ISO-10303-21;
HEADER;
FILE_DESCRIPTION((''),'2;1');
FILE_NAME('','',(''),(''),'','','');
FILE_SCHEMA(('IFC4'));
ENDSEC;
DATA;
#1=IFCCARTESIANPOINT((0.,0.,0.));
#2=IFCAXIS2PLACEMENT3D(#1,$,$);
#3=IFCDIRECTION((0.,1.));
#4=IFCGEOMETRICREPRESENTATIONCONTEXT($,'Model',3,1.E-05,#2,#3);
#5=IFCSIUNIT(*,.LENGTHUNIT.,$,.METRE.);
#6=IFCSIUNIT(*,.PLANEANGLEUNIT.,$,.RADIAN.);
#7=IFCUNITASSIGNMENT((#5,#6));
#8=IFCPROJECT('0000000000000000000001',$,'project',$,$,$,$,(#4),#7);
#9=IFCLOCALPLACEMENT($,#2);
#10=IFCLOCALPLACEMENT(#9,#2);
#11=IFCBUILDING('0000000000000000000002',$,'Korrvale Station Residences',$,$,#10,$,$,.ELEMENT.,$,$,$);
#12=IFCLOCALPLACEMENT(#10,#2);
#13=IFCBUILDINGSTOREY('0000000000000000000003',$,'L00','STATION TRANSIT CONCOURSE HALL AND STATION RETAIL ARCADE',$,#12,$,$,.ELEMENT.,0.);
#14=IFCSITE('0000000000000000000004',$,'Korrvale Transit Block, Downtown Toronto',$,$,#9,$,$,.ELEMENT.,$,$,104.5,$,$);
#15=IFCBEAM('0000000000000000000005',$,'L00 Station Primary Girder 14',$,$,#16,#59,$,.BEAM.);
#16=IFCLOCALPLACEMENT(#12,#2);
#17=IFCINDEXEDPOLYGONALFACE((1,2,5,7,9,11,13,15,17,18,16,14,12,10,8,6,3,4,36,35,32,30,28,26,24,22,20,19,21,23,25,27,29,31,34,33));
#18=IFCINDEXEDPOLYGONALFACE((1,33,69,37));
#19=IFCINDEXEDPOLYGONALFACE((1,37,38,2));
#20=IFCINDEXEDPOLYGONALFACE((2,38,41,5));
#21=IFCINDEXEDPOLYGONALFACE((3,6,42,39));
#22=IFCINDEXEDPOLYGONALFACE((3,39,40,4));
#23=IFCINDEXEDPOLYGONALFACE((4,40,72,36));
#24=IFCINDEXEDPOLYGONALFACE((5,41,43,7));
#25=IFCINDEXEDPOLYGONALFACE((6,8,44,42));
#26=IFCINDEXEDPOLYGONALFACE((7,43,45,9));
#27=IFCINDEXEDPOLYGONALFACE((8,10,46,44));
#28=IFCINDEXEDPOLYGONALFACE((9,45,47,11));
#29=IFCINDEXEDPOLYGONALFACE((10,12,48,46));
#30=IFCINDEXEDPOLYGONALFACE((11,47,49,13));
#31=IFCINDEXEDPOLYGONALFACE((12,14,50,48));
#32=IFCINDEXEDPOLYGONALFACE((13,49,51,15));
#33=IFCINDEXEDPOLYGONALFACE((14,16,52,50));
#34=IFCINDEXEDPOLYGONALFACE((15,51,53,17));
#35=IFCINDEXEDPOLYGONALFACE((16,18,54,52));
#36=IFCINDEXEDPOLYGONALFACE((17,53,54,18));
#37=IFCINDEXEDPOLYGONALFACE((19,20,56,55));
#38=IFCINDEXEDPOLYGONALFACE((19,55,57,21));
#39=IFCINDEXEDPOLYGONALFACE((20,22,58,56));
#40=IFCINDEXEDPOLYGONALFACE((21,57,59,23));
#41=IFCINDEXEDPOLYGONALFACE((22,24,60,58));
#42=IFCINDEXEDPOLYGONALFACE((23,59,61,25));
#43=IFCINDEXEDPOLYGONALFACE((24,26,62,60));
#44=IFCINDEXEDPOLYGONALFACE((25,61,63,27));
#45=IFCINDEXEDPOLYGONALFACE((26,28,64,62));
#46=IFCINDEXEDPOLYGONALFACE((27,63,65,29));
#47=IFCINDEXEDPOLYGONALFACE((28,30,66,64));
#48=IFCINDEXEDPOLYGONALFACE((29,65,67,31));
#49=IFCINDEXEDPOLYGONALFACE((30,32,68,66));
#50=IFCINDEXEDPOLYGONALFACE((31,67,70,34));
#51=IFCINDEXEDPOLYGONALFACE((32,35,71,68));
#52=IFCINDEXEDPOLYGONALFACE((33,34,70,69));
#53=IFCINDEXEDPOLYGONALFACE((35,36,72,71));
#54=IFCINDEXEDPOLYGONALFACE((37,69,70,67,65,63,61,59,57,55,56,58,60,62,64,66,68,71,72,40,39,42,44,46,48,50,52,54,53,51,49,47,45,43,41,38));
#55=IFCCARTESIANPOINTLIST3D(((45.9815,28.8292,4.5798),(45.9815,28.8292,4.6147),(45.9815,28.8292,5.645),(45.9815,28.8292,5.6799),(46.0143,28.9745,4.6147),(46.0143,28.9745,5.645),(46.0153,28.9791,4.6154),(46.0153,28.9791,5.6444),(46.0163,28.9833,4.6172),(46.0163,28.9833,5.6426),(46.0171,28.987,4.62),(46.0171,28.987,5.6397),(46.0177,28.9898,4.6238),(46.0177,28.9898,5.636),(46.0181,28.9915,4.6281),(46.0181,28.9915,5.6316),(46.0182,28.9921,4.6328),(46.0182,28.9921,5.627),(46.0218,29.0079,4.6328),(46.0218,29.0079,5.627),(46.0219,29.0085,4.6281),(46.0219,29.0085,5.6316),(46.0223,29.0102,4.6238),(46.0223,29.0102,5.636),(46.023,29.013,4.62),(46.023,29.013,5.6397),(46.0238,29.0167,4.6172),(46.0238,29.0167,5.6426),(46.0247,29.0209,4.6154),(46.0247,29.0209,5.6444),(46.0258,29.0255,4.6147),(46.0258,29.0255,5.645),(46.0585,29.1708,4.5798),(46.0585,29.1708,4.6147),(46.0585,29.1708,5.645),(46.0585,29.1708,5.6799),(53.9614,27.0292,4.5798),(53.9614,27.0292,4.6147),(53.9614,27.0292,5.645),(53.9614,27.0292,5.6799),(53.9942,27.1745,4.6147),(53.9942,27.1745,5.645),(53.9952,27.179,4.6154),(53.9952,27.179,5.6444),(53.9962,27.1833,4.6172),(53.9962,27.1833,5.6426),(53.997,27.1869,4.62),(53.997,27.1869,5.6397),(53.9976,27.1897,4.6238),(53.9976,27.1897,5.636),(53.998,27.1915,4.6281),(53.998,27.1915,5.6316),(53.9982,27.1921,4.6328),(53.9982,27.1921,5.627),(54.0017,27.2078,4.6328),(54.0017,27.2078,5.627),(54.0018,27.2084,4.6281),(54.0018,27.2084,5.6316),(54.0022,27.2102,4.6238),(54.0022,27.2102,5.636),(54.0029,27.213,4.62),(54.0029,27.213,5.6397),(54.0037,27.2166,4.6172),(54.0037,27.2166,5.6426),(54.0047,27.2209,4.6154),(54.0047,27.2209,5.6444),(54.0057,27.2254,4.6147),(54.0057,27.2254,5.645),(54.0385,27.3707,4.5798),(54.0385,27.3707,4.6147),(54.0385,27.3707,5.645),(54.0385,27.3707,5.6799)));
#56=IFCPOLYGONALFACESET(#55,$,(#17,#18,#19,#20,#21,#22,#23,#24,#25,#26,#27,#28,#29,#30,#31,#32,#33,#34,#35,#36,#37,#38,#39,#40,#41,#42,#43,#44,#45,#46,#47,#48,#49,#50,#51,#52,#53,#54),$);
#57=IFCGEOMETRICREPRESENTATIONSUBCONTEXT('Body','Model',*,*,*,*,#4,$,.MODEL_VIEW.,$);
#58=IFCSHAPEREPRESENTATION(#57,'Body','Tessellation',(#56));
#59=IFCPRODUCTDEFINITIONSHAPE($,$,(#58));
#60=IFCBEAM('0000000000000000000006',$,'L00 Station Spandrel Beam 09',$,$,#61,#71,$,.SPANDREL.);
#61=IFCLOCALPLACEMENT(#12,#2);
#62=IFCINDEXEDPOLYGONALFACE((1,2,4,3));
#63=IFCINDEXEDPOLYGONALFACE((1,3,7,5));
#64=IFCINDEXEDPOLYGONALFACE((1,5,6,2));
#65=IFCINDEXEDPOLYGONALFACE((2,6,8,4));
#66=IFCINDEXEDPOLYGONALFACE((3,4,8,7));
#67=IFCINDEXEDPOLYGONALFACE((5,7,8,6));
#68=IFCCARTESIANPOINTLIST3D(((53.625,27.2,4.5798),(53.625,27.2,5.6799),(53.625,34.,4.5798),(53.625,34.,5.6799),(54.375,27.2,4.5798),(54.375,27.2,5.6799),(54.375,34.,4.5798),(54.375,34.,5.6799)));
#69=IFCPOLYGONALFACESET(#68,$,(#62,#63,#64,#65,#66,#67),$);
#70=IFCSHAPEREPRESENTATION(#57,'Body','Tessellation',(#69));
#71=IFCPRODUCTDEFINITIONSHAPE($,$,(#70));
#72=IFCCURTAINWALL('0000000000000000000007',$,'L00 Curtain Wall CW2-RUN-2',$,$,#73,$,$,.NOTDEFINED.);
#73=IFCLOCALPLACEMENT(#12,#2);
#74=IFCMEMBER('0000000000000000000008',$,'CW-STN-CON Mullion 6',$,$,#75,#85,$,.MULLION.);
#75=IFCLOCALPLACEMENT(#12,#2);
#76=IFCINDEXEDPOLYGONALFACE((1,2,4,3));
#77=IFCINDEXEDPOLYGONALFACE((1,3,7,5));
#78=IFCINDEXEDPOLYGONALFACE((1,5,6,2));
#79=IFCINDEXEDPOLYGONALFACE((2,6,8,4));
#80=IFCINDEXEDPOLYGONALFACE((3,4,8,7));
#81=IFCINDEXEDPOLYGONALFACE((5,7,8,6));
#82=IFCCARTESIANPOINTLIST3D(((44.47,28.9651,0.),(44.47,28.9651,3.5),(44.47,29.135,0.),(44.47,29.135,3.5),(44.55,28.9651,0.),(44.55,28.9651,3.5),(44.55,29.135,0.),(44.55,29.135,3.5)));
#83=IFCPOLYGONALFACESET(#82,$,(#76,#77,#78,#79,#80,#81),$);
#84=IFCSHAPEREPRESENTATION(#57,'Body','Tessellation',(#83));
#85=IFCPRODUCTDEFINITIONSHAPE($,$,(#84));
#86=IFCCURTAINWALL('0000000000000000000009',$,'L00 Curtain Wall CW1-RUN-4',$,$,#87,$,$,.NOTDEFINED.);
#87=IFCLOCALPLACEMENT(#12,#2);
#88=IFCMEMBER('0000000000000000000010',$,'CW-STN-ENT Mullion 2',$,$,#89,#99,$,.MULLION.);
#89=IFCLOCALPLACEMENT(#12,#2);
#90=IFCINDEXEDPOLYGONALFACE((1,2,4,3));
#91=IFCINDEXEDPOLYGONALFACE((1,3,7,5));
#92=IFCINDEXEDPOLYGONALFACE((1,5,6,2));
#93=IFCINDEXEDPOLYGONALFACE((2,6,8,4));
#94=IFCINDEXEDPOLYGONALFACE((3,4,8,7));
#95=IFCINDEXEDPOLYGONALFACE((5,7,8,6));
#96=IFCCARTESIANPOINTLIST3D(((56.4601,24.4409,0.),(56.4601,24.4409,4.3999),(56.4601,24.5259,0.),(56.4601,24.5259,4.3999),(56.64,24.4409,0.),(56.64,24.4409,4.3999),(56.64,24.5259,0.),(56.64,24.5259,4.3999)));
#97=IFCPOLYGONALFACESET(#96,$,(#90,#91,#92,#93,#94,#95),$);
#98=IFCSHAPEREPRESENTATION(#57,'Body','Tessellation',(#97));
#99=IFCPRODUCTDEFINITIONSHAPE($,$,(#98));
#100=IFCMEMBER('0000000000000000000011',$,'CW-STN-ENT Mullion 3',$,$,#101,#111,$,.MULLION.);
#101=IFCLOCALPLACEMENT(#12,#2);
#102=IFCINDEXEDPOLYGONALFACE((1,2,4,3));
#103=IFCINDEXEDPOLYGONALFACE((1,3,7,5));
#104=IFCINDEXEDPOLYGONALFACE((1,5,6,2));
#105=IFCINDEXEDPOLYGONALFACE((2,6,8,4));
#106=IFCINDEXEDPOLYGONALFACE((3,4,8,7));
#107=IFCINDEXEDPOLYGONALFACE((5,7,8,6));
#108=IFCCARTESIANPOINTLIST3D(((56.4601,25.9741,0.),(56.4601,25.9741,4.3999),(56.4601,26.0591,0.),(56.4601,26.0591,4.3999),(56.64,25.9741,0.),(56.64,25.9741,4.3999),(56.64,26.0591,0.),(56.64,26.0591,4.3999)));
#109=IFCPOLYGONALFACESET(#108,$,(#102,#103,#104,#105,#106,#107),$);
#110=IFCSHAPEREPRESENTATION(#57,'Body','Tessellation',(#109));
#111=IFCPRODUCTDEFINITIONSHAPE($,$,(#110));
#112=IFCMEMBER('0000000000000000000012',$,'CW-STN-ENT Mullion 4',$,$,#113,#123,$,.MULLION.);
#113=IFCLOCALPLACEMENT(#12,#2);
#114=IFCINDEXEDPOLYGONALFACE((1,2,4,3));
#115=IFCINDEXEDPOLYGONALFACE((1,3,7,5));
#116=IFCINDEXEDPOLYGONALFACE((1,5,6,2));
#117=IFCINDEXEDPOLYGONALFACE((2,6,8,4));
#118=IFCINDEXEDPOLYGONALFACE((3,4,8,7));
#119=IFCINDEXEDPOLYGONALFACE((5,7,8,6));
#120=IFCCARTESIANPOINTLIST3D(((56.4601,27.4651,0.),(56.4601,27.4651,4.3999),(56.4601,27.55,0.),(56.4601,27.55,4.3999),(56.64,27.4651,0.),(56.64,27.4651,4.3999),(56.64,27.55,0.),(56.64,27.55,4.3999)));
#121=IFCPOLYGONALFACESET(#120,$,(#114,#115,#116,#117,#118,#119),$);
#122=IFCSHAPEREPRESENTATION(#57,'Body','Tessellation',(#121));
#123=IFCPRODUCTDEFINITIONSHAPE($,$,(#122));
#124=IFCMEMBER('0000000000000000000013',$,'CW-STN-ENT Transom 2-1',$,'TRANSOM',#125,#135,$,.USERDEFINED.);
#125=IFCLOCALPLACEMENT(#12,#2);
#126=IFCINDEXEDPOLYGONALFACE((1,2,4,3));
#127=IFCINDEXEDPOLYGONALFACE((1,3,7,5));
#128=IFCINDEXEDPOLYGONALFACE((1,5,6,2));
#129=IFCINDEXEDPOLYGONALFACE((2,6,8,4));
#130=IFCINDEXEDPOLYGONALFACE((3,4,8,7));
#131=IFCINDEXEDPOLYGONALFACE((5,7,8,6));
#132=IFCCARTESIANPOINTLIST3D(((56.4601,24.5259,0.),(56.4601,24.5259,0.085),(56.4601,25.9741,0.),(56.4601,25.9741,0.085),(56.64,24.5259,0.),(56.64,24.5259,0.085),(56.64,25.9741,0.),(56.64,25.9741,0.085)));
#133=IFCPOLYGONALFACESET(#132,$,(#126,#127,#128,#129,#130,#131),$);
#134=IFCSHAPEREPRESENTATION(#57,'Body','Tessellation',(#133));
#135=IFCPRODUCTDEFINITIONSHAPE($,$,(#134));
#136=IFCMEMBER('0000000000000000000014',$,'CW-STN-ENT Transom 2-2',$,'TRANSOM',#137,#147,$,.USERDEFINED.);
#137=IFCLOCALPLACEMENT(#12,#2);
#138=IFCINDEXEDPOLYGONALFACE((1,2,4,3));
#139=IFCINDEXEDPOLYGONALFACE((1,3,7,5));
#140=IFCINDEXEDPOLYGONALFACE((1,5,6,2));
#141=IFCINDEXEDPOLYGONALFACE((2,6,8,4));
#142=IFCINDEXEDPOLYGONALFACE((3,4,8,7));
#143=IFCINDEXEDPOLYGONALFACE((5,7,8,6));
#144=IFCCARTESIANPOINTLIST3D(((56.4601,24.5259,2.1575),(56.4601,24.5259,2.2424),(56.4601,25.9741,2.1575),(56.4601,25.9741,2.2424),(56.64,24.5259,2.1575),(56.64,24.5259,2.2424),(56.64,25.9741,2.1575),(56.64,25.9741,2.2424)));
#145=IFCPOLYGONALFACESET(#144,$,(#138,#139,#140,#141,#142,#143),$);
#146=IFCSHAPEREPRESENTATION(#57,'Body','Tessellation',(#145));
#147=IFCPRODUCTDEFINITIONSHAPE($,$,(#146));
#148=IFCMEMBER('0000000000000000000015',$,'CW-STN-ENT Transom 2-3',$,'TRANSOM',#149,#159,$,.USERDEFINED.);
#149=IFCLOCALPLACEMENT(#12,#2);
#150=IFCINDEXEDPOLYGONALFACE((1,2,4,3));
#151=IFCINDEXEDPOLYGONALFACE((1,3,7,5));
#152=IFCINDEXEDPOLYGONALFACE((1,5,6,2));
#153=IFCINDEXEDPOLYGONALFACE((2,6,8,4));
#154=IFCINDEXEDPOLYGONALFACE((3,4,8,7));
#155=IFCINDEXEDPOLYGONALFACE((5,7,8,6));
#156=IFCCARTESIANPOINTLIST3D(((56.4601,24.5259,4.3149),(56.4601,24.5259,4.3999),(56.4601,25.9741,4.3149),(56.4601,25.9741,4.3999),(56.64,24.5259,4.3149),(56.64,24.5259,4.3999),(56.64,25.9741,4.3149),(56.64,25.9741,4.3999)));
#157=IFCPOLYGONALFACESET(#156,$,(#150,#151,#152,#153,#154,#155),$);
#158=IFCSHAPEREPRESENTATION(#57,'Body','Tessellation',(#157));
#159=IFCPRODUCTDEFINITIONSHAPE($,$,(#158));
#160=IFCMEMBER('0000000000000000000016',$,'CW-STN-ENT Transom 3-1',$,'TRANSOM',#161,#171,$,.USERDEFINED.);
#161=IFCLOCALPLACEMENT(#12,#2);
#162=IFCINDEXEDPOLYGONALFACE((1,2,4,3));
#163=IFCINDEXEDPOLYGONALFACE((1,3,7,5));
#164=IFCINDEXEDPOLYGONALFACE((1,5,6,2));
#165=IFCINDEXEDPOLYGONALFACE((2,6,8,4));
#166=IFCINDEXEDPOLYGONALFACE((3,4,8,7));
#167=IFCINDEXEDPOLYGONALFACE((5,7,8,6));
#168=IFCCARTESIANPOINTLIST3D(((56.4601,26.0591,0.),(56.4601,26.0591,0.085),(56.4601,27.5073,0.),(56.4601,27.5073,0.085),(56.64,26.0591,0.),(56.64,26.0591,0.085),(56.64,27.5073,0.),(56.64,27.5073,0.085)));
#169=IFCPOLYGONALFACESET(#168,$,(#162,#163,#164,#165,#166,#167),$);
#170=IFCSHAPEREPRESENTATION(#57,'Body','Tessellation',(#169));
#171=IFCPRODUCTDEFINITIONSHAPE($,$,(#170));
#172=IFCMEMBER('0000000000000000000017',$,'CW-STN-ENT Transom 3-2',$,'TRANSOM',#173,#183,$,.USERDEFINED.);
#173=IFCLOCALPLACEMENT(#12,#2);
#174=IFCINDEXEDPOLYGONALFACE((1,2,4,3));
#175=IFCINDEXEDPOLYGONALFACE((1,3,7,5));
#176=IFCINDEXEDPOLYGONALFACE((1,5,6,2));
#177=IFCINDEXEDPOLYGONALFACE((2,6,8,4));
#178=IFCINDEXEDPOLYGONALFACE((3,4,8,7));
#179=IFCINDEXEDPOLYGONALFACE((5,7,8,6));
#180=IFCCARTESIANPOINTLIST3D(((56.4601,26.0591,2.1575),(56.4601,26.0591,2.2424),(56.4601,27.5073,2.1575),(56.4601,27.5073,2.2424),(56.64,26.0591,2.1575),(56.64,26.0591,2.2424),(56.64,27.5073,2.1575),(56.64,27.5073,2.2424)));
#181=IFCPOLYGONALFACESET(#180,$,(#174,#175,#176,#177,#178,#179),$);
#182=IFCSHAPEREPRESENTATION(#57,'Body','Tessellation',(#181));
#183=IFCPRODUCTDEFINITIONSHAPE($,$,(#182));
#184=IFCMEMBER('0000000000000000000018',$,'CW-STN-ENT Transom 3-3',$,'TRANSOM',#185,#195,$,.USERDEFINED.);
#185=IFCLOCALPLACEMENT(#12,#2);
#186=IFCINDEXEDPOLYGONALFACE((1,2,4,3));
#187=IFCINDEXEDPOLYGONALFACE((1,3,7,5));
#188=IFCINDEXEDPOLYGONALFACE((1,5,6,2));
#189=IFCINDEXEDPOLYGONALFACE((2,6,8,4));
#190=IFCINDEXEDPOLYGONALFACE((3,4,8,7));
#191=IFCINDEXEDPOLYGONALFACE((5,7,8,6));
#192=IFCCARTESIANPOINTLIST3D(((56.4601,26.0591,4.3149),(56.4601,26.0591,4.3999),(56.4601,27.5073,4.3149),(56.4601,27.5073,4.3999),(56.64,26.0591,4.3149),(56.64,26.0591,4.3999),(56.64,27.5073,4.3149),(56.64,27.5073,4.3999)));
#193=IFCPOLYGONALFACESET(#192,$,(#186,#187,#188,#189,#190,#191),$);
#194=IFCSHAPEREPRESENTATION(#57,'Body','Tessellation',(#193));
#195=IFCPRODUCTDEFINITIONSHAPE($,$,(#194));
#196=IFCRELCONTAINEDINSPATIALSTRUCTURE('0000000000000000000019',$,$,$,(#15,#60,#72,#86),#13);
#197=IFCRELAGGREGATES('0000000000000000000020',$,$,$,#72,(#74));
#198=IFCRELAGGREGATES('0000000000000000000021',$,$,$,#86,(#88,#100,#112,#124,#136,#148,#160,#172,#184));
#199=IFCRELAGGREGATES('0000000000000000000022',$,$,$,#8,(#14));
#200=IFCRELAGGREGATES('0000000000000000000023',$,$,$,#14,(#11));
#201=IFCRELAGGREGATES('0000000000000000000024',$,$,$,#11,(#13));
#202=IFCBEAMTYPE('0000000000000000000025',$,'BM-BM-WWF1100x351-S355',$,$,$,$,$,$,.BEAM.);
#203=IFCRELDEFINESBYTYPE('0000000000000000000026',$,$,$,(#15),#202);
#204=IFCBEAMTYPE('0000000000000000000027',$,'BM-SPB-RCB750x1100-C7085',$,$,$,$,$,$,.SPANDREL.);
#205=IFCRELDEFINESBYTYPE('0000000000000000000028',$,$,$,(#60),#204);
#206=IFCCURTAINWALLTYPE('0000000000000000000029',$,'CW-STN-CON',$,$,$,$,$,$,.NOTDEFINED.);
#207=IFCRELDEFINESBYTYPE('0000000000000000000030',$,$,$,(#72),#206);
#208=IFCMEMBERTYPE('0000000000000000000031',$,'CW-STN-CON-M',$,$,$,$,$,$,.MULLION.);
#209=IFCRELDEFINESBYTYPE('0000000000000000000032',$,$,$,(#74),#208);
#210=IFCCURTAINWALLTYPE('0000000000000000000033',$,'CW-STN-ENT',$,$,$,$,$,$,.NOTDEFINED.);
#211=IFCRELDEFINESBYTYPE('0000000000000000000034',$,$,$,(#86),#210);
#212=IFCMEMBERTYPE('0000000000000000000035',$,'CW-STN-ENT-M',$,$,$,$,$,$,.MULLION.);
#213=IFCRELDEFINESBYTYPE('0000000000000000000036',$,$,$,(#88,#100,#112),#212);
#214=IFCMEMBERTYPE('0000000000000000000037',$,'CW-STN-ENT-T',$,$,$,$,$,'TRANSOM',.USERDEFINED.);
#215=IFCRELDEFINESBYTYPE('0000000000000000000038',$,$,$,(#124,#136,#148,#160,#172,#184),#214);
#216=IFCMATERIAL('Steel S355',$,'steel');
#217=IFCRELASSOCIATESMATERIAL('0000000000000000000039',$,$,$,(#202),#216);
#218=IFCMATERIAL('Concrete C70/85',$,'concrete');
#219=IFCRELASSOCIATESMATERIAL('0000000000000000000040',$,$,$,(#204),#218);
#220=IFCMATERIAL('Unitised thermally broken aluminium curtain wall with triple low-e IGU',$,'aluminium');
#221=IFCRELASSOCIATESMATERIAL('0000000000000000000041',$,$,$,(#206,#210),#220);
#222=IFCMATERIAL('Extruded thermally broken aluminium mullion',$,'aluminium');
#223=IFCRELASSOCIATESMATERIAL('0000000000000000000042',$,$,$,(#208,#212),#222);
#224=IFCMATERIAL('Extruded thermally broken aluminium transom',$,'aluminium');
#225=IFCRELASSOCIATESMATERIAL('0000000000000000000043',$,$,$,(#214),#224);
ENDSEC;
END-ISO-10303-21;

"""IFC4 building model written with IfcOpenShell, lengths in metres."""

from ifc_helpers import new_model, si_unit, direction, frame, origin, origin_2d, place, context, subcontext, project, spatial, rectangle, i_section, extrude, material, material_profile, profile_set, type_object, element, aggregate, save


model = new_model("IFC4")

# Units and contexts
model_context = context("Model", 3, precision=1e-05, world=origin(), true_north=direction((0.0, 1.0)))
body_context = subcontext(model_context, "Body", "Model", "MODEL_VIEW")
ifc_project = project(units=[si_unit("LENGTHUNIT", "METRE"), si_unit("PLANEANGLEUNIT", "RADIAN")], contexts=[model_context])

# Site, building, storey
site_placement = place(None, origin())
site = spatial("IfcSite", under=ifc_project, at=site_placement, Name="Korrvale Transit Block, Downtown Toronto", CompositionType="ELEMENT", RefElevation=104.5)
building_placement = place(site_placement, origin())
building = spatial("IfcBuilding", under=site, at=building_placement, Name="Korrvale Station Residences", CompositionType="ELEMENT")
storey_placement = place(building_placement, origin())
storey = spatial("IfcBuildingStorey", under=building, at=storey_placement, Name="L00", Description="STATION TRANSIT CONCOURSE HALL AND STATION RETAIL ARCADE", CompositionType="ELEMENT", Elevation=0.0)

# Shared definitions
ifc_material_1 = material(Name="Steel S355", Category="steel")
ifc_material_2 = material(Name="Concrete C70/85", Category="concrete")

# Beams
ifc_material_profile_1 = material_profile(ifc_material_1, i_section(OverallWidth=0.3501, OverallDepth=1.1001, WebThickness=0.0161, FlangeThickness=0.0349, FilletRadius=0.0181, at=origin_2d()), Name="WWF1100x351")
ifc_profile_set_1 = profile_set([ifc_material_profile_1], Name="Steel S355")
beam_type_1 = type_object("IfcBeamType", Name="BM-BM-WWF1100x351-S355", PredefinedType="BEAM", material=ifc_profile_set_1)
beam_1_placement = place(storey_placement, frame((46.02, 29.0, 5.1299), z_axis=(0.97549, -0.220042, 0.0), x_axis=(0.220042, 0.97549, 0.0)))
element("IfcBeam", 1, at=beam_1_placement, inside=storey, type_object=beam_type_1, Name="L00 Station Primary Girder 14", PredefinedType="BEAM", context=body_context, shape_type="SweptSolid", body=[
    extrude(i_section(OverallWidth=0.3501, OverallDepth=1.1001, WebThickness=0.0161, FlangeThickness=0.0349, FilletRadius=0.0181, at=origin_2d()), origin(), (0.0, 0.0, 1.0), 8.1804),
])
ifc_material_profile_2 = material_profile(ifc_material_2, rectangle(XDim=0.75, YDim=1.1001, at=origin_2d()), Name="RCB750x1100")
ifc_profile_set_2 = profile_set([ifc_material_profile_2], Name="Concrete C70/85")
beam_type_2 = type_object("IfcBeamType", Name="BM-SPB-RCB750x1100-C7085", PredefinedType="SPANDREL", material=ifc_profile_set_2)
beam_2_placement = place(storey_placement, frame((54.0, 27.2, 5.1299), z_axis=(0.0, 1.0, 0.0), x_axis=(-1.0, 0.0, 0.0)))
element("IfcBeam", 2, at=beam_2_placement, inside=storey, type_object=beam_type_2, Name="L00 Station Spandrel Beam 09", PredefinedType="SPANDREL", context=body_context, shape_type="SweptSolid", body=[
    extrude(rectangle(XDim=0.75, YDim=1.1001, at=origin_2d()), origin(), (0.0, 0.0, 1.0), 6.8),
])

# Curtain wall, member
ifc_material_3 = material(Name="Unitised thermally broken aluminium curtain wall with triple low-e IGU", Category="aluminium")
curtain_wall_type_1 = type_object("IfcCurtainWallType", Name="CW-STN-CON", PredefinedType="NOTDEFINED", material=ifc_material_3)
curtain_wall_1_placement = place(storey_placement, origin())
curtain_wall_1 = element("IfcCurtainWall", 3, at=curtain_wall_1_placement, inside=storey, type_object=curtain_wall_type_1, Name="L00 Curtain Wall CW2-RUN-2", PredefinedType="NOTDEFINED")
ifc_material_4 = material(Name="Extruded thermally broken aluminium mullion", Category="aluminium")
member_type_1 = type_object("IfcMemberType", Name="CW-STN-CON-M", PredefinedType="MULLION", material=ifc_material_4)
member_1_placement = place(storey_placement, frame((44.51, 29.05, 0.0), z_axis=(0.0, 0.0, 1.0), x_axis=(1.0, 0.0, 0.0)))
member_1 = element("IfcMember", 4, at=member_1_placement, type_object=member_type_1, Name="CW-STN-CON Mullion 6", PredefinedType="MULLION", context=body_context, shape_type="SweptSolid", body=[
    extrude(rectangle(XDim=0.0801, YDim=0.1699, at=origin_2d()), origin(), (0.0, 0.0, 1.0), 3.5),
])

# Curtain wall, members
curtain_wall_type_2 = type_object("IfcCurtainWallType", Name="CW-STN-ENT", PredefinedType="NOTDEFINED", material=ifc_material_3)
curtain_wall_2_placement = place(storey_placement, origin())
curtain_wall_2 = element("IfcCurtainWall", 5, at=curtain_wall_2_placement, inside=storey, type_object=curtain_wall_type_2, Name="L00 Curtain Wall CW1-RUN-4", PredefinedType="NOTDEFINED")
member_type_2 = type_object("IfcMemberType", Name="CW-STN-ENT-M", PredefinedType="MULLION", material=ifc_material_4)
member_2_placement = place(storey_placement, frame((56.55, 24.4834, 0.0), z_axis=(0.0, 0.0, 1.0), x_axis=(0.0, 1.0, 0.0)))
member_2 = element("IfcMember", 6, at=member_2_placement, type_object=member_type_2, Name="CW-STN-ENT Mullion 2", PredefinedType="MULLION", context=body_context, shape_type="SweptSolid", body=[
    extrude(rectangle(XDim=0.085, YDim=0.1799, at=origin_2d()), origin(), (0.0, 0.0, 1.0), 4.3999),
])
member_3_placement = place(storey_placement, frame((56.55, 26.0166, 0.0), z_axis=(0.0, 0.0, 1.0), x_axis=(0.0, 1.0, 0.0)))
member_3 = element("IfcMember", 7, at=member_3_placement, type_object=member_type_2, Name="CW-STN-ENT Mullion 3", PredefinedType="MULLION", context=body_context, shape_type="SweptSolid", body=[
    extrude(rectangle(XDim=0.085, YDim=0.1799, at=origin_2d()), origin(), (0.0, 0.0, 1.0), 4.3999),
])
member_4_placement = place(storey_placement, frame((56.55, 27.5076, 0.0), z_axis=(0.0, 0.0, 1.0), x_axis=(0.0, 1.0, 0.0)))
member_4 = element("IfcMember", 8, at=member_4_placement, type_object=member_type_2, Name="CW-STN-ENT Mullion 4", PredefinedType="MULLION", context=body_context, shape_type="SweptSolid", body=[
    extrude(rectangle(XDim=0.085, YDim=0.1799, at=origin_2d()), origin(), (0.0, 0.0, 1.0), 4.3999),
])
ifc_material_5 = material(Name="Extruded thermally broken aluminium transom", Category="aluminium")
member_type_3 = type_object("IfcMemberType", Name="CW-STN-ENT-T", ElementType="TRANSOM", PredefinedType="USERDEFINED", material=ifc_material_5)
member_5_placement = place(storey_placement, frame((56.55, 25.25, 0.0), z_axis=(0.0, 0.0, 1.0), x_axis=(0.0, 1.0, 0.0)))
member_5 = element("IfcMember", 9, at=member_5_placement, type_object=member_type_3, Name="CW-STN-ENT Transom 2-1", ObjectType="TRANSOM", PredefinedType="USERDEFINED", context=body_context, shape_type="SweptSolid", body=[
    extrude(rectangle(XDim=1.4482, YDim=0.1799, at=origin_2d()), origin(), (0.0, 0.0, 1.0), 0.085),
])
member_6_placement = place(storey_placement, frame((56.55, 25.25, 2.1575), z_axis=(0.0, 0.0, 1.0), x_axis=(0.0, 1.0, 0.0)))
member_6 = element("IfcMember", 10, at=member_6_placement, type_object=member_type_3, Name="CW-STN-ENT Transom 2-2", ObjectType="TRANSOM", PredefinedType="USERDEFINED", context=body_context, shape_type="SweptSolid", body=[
    extrude(rectangle(XDim=1.4482, YDim=0.1799, at=origin_2d()), origin(), (0.0, 0.0, 1.0), 0.085),
])
member_7_placement = place(storey_placement, frame((56.55, 25.25, 4.3149), z_axis=(0.0, 0.0, 1.0), x_axis=(0.0, 1.0, 0.0)))
member_7 = element("IfcMember", 11, at=member_7_placement, type_object=member_type_3, Name="CW-STN-ENT Transom 2-3", ObjectType="TRANSOM", PredefinedType="USERDEFINED", context=body_context, shape_type="SweptSolid", body=[
    extrude(rectangle(XDim=1.4482, YDim=0.1799, at=origin_2d()), origin(), (0.0, 0.0, 1.0), 0.085),
])
member_8_placement = place(storey_placement, frame((56.55, 26.7832, 0.0), z_axis=(0.0, 0.0, 1.0), x_axis=(0.0, 1.0, 0.0)))
member_8 = element("IfcMember", 12, at=member_8_placement, type_object=member_type_3, Name="CW-STN-ENT Transom 3-1", ObjectType="TRANSOM", PredefinedType="USERDEFINED", context=body_context, shape_type="SweptSolid", body=[
    extrude(rectangle(XDim=1.4482, YDim=0.1799, at=origin_2d()), origin(), (0.0, 0.0, 1.0), 0.085),
])
member_9_placement = place(storey_placement, frame((56.55, 26.7832, 2.1575), z_axis=(0.0, 0.0, 1.0), x_axis=(0.0, 1.0, 0.0)))
member_9 = element("IfcMember", 13, at=member_9_placement, type_object=member_type_3, Name="CW-STN-ENT Transom 3-2", ObjectType="TRANSOM", PredefinedType="USERDEFINED", context=body_context, shape_type="SweptSolid", body=[
    extrude(rectangle(XDim=1.4482, YDim=0.1799, at=origin_2d()), origin(), (0.0, 0.0, 1.0), 0.085),
])
member_10_placement = place(storey_placement, frame((56.55, 26.7832, 4.3149), z_axis=(0.0, 0.0, 1.0), x_axis=(0.0, 1.0, 0.0)))
member_10 = element("IfcMember", 14, at=member_10_placement, type_object=member_type_3, Name="CW-STN-ENT Transom 3-3", ObjectType="TRANSOM", PredefinedType="USERDEFINED", context=body_context, shape_type="SweptSolid", body=[
    extrude(rectangle(XDim=1.4482, YDim=0.1799, at=origin_2d()), origin(), (0.0, 0.0, 1.0), 0.085),
])

aggregate(curtain_wall_1, [member_1])
aggregate(curtain_wall_2, [member_2, member_3, member_4, member_5, member_6, member_7, member_8, member_9, member_10])

save(model, "model.ifc")
